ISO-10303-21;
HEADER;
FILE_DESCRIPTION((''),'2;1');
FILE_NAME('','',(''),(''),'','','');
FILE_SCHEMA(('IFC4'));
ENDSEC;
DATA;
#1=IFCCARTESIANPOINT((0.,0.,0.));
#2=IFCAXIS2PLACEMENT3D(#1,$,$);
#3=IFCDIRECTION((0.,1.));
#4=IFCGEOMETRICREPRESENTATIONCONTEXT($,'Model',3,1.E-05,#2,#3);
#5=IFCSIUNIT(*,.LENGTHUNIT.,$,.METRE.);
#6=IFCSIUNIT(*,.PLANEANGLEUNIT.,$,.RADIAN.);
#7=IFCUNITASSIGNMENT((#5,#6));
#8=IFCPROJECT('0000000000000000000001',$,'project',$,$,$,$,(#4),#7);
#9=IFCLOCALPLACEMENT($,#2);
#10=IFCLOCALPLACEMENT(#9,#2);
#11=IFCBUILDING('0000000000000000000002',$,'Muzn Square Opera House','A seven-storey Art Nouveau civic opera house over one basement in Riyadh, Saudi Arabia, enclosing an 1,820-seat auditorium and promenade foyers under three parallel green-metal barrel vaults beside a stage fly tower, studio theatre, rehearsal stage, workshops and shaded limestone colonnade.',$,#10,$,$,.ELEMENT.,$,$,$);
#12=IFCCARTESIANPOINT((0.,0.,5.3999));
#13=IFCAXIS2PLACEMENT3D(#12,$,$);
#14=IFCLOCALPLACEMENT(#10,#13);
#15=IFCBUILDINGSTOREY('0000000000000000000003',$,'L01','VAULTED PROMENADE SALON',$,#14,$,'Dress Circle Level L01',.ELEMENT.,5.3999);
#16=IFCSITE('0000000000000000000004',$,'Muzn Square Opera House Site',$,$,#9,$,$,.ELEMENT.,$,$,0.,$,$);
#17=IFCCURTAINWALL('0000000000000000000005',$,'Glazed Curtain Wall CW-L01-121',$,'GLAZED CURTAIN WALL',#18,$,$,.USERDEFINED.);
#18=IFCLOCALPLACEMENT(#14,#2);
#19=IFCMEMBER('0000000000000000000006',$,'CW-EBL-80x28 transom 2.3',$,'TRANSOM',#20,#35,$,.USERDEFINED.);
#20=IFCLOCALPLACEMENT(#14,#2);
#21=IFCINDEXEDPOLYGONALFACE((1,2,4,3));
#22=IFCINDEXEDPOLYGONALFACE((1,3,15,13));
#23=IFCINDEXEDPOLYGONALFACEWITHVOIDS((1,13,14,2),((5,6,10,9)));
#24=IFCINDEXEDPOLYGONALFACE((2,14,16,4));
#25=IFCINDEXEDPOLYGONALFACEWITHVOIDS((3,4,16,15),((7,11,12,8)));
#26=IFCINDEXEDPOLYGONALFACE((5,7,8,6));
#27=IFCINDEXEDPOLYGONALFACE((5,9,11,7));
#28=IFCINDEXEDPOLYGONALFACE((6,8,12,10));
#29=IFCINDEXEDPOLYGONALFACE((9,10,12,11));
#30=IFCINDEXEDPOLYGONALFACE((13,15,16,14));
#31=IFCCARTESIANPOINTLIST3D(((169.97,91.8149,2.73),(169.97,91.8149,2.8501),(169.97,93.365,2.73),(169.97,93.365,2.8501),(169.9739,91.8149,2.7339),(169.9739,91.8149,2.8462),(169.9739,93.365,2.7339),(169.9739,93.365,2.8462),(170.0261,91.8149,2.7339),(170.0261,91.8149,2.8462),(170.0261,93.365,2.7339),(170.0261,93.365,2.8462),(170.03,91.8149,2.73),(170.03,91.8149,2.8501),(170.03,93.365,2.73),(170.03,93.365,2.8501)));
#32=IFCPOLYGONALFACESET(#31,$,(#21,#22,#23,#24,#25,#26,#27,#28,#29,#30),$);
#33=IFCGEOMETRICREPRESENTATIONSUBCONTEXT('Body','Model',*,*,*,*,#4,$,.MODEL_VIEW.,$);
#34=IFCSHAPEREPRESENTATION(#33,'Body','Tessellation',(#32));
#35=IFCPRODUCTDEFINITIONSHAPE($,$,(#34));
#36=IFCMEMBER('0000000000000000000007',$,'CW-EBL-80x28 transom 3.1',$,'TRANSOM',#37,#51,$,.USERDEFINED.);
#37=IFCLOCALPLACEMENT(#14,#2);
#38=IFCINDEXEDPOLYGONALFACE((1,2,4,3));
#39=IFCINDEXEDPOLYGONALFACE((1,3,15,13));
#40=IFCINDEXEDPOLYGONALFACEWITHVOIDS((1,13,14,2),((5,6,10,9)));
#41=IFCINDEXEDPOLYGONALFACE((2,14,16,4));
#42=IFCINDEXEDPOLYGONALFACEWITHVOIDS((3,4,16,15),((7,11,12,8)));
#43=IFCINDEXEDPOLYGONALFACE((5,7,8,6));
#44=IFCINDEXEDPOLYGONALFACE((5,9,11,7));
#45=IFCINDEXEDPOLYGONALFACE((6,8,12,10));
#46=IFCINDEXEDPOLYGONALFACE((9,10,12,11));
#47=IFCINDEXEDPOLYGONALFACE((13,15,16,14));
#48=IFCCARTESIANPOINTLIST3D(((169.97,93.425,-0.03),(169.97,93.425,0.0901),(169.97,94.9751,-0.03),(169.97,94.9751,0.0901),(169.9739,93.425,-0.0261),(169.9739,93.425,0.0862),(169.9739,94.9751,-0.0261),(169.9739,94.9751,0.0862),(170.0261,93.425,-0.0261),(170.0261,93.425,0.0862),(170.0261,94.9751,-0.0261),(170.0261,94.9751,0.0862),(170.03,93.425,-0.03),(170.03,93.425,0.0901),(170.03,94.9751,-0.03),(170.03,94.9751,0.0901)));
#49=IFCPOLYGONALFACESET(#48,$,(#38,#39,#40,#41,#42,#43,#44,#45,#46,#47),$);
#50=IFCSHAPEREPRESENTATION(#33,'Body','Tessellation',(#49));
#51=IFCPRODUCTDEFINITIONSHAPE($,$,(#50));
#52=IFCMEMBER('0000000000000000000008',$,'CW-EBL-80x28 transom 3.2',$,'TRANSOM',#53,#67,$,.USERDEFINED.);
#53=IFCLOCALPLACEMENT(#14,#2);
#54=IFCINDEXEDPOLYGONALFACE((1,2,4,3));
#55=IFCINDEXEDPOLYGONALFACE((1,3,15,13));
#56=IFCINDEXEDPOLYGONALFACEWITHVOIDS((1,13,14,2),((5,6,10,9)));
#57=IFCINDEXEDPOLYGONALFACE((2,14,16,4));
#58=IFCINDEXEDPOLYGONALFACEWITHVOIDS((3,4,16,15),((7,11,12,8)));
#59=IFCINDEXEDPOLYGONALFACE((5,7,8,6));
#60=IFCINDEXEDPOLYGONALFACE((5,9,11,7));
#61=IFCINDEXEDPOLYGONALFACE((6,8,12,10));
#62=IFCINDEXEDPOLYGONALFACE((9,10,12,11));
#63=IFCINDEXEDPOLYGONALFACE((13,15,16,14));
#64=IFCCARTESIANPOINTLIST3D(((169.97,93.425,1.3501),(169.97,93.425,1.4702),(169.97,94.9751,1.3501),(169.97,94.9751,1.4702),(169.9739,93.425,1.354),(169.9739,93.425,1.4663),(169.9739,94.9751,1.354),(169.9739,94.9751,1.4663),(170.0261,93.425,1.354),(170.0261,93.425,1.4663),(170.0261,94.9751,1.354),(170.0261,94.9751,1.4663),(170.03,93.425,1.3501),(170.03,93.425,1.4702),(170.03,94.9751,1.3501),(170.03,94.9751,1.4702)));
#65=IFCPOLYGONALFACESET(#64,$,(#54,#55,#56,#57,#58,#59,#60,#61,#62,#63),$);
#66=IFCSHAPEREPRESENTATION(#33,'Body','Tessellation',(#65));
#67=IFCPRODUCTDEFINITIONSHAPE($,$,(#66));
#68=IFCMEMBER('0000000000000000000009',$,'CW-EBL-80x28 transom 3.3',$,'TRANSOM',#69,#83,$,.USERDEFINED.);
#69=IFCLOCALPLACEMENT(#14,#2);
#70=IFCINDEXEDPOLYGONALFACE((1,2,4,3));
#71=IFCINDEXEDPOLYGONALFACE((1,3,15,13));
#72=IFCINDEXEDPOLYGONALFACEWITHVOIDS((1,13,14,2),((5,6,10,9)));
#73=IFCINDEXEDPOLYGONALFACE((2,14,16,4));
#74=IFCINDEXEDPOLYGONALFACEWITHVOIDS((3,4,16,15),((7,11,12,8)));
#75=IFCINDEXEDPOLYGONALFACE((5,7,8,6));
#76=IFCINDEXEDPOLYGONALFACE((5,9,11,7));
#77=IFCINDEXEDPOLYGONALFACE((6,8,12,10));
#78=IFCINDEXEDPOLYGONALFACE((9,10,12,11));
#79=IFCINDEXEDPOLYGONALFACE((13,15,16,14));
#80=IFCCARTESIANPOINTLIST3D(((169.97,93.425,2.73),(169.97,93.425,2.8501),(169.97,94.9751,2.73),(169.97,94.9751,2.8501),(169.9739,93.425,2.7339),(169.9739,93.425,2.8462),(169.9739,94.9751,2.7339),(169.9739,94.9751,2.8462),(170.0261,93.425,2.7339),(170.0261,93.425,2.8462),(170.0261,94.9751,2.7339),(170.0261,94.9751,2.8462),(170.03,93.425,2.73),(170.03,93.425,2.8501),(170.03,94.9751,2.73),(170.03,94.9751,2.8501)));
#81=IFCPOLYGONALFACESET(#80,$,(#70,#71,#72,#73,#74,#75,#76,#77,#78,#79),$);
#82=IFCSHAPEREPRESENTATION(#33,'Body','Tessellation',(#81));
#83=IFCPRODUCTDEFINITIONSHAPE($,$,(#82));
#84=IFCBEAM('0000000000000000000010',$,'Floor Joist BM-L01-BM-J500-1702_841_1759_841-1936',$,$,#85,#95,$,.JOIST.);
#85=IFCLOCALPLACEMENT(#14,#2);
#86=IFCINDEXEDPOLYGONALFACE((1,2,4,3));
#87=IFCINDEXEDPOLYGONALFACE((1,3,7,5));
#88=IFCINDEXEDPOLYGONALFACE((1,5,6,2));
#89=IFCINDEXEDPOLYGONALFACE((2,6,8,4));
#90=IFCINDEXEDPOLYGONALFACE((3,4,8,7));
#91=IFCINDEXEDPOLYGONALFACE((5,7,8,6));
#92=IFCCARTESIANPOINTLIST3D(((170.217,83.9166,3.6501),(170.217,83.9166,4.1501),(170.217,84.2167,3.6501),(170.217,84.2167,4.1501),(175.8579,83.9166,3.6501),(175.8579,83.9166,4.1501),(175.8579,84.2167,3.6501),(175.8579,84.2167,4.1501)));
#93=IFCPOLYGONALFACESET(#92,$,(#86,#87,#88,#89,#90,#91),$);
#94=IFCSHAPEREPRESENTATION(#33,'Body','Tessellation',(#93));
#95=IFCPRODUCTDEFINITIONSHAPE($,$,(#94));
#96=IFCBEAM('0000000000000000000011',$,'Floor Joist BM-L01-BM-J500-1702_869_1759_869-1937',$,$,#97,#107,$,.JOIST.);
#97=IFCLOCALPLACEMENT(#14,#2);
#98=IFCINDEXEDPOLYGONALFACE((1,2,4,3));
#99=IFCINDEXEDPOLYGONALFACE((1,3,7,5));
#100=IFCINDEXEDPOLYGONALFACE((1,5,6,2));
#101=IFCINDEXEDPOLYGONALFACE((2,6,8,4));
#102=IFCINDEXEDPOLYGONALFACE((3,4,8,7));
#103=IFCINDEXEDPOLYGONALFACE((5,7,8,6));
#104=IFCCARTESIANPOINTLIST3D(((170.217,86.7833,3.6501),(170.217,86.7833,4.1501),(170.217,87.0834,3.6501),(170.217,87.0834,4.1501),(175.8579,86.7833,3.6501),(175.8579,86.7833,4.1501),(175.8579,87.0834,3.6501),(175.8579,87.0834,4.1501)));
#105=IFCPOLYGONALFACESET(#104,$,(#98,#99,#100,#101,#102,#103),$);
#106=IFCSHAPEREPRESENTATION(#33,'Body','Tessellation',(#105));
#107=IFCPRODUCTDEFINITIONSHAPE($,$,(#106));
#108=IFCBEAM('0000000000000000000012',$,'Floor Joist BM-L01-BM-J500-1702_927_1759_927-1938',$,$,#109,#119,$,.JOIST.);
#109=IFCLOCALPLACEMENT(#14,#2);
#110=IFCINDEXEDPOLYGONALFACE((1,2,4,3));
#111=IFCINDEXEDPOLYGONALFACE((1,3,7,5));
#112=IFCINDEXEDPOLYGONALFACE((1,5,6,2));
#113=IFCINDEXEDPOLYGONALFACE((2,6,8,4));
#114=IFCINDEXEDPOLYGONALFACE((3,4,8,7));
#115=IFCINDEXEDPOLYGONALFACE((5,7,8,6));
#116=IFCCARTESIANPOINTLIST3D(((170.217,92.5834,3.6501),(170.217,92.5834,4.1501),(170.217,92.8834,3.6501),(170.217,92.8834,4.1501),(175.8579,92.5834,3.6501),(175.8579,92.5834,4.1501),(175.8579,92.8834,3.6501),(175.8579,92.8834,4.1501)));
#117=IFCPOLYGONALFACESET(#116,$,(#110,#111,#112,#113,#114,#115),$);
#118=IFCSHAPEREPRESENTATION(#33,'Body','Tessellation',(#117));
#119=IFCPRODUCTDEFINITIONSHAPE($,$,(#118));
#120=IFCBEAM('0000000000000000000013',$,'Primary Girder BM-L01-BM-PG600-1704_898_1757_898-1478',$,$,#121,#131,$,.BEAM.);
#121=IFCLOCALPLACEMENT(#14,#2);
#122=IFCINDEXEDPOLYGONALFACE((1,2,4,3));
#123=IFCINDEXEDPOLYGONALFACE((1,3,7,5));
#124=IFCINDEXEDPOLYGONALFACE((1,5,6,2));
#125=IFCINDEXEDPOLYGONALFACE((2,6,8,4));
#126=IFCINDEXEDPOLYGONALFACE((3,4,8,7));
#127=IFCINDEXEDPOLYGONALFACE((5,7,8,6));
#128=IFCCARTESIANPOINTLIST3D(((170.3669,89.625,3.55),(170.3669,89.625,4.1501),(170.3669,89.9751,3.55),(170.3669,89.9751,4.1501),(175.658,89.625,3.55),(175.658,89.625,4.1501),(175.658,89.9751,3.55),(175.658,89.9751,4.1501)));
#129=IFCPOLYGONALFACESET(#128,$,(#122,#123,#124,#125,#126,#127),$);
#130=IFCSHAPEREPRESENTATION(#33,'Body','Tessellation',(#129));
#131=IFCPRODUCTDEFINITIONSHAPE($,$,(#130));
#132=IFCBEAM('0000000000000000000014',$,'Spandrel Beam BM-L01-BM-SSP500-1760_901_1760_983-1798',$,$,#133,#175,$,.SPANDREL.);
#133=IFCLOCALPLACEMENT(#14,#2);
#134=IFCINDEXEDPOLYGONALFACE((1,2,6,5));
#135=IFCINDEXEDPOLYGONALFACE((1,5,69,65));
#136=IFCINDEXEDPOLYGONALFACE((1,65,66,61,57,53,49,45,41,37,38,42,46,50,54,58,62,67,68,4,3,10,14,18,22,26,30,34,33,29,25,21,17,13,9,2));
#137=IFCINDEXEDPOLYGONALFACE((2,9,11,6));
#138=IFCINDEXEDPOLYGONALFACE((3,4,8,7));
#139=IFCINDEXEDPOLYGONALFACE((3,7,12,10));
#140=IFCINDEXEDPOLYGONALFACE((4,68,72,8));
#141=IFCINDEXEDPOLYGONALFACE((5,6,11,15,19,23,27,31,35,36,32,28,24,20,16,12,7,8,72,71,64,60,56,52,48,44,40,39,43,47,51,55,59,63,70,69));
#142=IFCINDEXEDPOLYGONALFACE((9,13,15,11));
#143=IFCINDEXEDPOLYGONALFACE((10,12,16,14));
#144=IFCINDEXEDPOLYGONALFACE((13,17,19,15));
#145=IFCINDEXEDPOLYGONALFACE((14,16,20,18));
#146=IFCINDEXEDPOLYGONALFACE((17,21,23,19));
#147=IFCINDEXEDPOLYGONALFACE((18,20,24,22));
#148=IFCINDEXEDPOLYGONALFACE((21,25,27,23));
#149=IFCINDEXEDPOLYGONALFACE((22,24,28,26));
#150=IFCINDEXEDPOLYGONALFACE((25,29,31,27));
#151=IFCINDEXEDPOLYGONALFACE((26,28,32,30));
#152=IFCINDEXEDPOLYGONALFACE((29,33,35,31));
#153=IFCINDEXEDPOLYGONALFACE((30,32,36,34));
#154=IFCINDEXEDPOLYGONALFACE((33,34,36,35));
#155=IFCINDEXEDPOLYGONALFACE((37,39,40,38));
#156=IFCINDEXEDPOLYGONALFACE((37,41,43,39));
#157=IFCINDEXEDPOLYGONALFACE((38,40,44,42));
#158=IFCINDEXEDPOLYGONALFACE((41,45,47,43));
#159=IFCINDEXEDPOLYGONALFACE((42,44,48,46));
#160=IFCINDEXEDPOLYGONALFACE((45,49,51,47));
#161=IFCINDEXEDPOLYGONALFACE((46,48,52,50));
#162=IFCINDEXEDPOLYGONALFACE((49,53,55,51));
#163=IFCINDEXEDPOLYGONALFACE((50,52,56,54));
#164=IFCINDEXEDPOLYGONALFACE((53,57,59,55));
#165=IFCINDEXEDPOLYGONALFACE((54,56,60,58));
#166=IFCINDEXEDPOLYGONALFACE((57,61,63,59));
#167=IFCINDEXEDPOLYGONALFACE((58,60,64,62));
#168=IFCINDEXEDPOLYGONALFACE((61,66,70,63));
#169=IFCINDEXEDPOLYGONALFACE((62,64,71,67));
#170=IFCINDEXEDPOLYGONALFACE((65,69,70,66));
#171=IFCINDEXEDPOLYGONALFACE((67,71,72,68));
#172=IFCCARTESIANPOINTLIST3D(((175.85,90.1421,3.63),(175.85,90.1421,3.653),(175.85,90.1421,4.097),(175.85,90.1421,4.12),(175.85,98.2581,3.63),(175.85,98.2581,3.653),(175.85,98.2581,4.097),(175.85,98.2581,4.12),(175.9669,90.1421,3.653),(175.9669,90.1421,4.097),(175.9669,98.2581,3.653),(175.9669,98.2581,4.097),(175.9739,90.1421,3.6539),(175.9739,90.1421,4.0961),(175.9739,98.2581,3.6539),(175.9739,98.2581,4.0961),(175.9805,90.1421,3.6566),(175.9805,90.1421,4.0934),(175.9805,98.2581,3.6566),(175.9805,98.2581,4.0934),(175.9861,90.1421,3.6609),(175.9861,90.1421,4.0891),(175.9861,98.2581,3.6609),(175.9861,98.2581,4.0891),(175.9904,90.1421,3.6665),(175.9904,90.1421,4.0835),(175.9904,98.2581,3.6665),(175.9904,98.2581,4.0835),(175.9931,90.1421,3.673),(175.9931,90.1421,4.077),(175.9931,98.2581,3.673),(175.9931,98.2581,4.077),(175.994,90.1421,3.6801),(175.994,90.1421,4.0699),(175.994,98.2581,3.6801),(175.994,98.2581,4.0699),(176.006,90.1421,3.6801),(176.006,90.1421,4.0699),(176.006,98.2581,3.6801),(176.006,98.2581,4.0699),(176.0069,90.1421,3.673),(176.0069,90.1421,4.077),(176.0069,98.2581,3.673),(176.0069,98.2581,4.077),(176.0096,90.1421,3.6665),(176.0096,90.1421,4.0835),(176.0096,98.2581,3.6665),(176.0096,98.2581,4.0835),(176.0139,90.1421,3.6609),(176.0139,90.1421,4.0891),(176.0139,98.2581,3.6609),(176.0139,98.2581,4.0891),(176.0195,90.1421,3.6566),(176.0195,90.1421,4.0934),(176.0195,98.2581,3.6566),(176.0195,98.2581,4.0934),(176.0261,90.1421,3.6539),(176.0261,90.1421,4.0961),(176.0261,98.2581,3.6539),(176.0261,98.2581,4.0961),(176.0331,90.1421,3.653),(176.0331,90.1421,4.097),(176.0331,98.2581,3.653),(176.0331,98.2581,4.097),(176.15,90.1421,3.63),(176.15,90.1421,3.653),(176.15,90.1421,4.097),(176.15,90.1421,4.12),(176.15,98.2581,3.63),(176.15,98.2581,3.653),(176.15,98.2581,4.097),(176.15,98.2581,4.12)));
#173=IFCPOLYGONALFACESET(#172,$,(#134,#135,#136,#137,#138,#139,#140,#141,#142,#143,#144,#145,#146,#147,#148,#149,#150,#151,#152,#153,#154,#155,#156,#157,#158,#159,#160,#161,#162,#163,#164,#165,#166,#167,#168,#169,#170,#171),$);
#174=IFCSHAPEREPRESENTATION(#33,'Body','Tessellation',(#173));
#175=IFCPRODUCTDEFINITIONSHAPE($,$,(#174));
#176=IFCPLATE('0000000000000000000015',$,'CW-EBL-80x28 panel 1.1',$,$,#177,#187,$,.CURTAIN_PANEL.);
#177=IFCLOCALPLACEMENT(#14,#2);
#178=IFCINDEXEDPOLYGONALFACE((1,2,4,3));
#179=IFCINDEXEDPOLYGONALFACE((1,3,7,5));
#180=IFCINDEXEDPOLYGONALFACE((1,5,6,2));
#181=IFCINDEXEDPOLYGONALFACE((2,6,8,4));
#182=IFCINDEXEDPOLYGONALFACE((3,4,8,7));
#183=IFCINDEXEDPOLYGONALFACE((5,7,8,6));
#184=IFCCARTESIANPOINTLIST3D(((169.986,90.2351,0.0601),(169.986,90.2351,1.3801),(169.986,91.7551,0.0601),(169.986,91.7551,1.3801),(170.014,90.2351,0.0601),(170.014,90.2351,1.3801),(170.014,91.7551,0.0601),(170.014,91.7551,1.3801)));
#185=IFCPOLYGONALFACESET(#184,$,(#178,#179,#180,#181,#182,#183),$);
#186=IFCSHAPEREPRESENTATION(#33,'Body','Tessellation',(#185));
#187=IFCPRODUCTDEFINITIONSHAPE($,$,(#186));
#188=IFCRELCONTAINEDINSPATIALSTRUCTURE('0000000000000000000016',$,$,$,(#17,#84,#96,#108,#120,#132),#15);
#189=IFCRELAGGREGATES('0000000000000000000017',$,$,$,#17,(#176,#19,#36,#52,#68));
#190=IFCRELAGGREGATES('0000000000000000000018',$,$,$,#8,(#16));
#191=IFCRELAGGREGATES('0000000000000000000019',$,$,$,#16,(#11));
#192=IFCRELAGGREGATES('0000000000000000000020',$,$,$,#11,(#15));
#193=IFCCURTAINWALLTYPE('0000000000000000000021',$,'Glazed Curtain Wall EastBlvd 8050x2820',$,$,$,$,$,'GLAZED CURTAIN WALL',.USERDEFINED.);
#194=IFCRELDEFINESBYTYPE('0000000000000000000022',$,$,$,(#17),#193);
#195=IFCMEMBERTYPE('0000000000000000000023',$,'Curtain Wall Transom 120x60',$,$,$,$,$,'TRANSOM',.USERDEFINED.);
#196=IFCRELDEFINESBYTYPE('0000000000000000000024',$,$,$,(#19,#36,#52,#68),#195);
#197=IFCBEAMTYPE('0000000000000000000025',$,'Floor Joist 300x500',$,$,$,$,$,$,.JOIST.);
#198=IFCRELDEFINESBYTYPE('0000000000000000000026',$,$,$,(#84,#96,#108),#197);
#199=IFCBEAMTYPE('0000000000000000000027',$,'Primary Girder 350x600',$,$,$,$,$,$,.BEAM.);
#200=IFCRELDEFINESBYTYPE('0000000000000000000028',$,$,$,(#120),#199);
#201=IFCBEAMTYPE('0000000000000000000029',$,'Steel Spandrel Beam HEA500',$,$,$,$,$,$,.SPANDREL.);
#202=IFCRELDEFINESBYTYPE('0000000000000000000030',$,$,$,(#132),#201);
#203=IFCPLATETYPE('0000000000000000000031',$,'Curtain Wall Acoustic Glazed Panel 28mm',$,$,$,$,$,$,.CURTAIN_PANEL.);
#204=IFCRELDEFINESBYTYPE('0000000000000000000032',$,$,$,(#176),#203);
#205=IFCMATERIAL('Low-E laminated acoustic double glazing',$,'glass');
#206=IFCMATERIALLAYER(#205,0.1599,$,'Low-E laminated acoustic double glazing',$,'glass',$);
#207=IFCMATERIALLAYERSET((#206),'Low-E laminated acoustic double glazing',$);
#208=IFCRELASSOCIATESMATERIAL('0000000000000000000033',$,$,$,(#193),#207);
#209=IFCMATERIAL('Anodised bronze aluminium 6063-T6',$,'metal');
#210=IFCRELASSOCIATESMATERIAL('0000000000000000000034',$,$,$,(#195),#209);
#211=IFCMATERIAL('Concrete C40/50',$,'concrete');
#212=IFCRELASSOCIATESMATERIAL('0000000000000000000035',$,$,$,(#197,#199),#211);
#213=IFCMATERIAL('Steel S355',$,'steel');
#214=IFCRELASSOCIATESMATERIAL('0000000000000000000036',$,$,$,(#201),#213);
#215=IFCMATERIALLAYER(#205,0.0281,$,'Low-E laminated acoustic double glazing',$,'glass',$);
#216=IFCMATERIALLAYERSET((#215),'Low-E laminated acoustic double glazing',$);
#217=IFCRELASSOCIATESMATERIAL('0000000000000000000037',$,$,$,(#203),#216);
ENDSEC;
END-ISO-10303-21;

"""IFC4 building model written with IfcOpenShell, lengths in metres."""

from ifc_helpers import new_model, si_unit, direction, frame, origin, origin_2d, place, context, subcontext, project, spatial, rectangle, hollow_rectangle, i_section, extrude, material, layer, layer_set, material_profile, profile_set, type_object, element, aggregate, save


model = new_model("IFC4")

# Units and contexts
model_context = context("Model", 3, precision=1e-05, world=origin(), true_north=direction((0.0, 1.0)))
body_context = subcontext(model_context, "Body", "Model", "MODEL_VIEW")
ifc_project = project(units=[si_unit("LENGTHUNIT", "METRE"), si_unit("PLANEANGLEUNIT", "RADIAN")], contexts=[model_context])

# Site, building, storey
site_placement = place(None, origin())
site = spatial("IfcSite", under=ifc_project, at=site_placement, Name="Muzn Square Opera House Site", CompositionType="ELEMENT", RefElevation=0.0)
building_placement = place(site_placement, origin())
building = spatial("IfcBuilding", under=site, at=building_placement, Name="Muzn Square Opera House", Description="A seven-storey Art Nouveau civic opera house over one basement in Riyadh, Saudi Arabia, enclosing an 1,820-seat auditorium and promenade foyers under three parallel green-metal barrel vaults beside a stage fly tower, studio theatre, rehearsal stage, workshops and shaded limestone colonnade.", CompositionType="ELEMENT")
storey_placement = place(building_placement, frame((0.0, 0.0, 5.3999)))
storey = spatial("IfcBuildingStorey", under=building, at=storey_placement, Name="L01", Description="VAULTED PROMENADE SALON", LongName="Dress Circle Level L01", CompositionType="ELEMENT", Elevation=5.3999)

# Curtain wall, members
ifc_material_1 = material(Name="Low-E laminated acoustic double glazing", Category="glass")
ifc_layer_1 = layer(ifc_material_1, 0.1599, Name="Low-E laminated acoustic double glazing", Category="glass")
ifc_layer_set_1 = layer_set([ifc_layer_1], Name="Low-E laminated acoustic double glazing")
curtain_wall_type = type_object("IfcCurtainWallType", Name="Glazed Curtain Wall EastBlvd 8050x2820", ElementType="GLAZED CURTAIN WALL", PredefinedType="USERDEFINED", material=ifc_layer_set_1)
curtain_wall_placement = place(storey_placement, origin())
curtain_wall = element("IfcCurtainWall", 1, at=curtain_wall_placement, inside=storey, type_object=curtain_wall_type, Name="Glazed Curtain Wall CW-L01-121", ObjectType="GLAZED CURTAIN WALL", PredefinedType="USERDEFINED")
ifc_material_2 = material(Name="Anodised bronze aluminium 6063-T6", Category="metal")
ifc_material_profile_1 = material_profile(ifc_material_2, hollow_rectangle(XDim=0.0601, YDim=0.1201, WallThickness=0.0039, at=origin_2d()), Name="ALU 120x60x4", Category="metal")
ifc_profile_set_1 = profile_set([ifc_material_profile_1], Name="Anodised bronze aluminium 6063-T6")
member_type_1 = type_object("IfcMemberType", Name="Curtain Wall Transom 120x60", ElementType="TRANSOM", PredefinedType="USERDEFINED", material=ifc_profile_set_1)
member_1_placement = place(storey_placement, frame((170.0, 91.8149, 2.79), z_axis=(0.0, 1.0, 0.0), x_axis=(-1.0, 0.0, 0.0)))
member_1 = element("IfcMember", 2, at=member_1_placement, type_object=member_type_1, Name="CW-EBL-80x28 transom 2.3", ObjectType="TRANSOM", PredefinedType="USERDEFINED", context=body_context, shape_type="SweptSolid", body=[
    extrude(hollow_rectangle(XDim=0.0601, YDim=0.1201, WallThickness=0.0039, at=origin_2d()), origin(), (0.0, 0.0, 1.0), 1.55),
])
member_2_placement = place(storey_placement, frame((170.0, 93.425, 0.03), z_axis=(0.0, 1.0, 0.0), x_axis=(-1.0, 0.0, 0.0)))
member_2 = element("IfcMember", 3, at=member_2_placement, type_object=member_type_1, Name="CW-EBL-80x28 transom 3.1", ObjectType="TRANSOM", PredefinedType="USERDEFINED", context=body_context, shape_type="SweptSolid", body=[
    extrude(hollow_rectangle(XDim=0.0601, YDim=0.1201, WallThickness=0.0039, at=origin_2d()), origin(), (0.0, 0.0, 1.0), 1.55),
])
member_3_placement = place(storey_placement, frame((170.0, 93.425, 1.4102), z_axis=(0.0, 1.0, 0.0), x_axis=(-1.0, 0.0, 0.0)))
member_3 = element("IfcMember", 4, at=member_3_placement, type_object=member_type_1, Name="CW-EBL-80x28 transom 3.2", ObjectType="TRANSOM", PredefinedType="USERDEFINED", context=body_context, shape_type="SweptSolid", body=[
    extrude(hollow_rectangle(XDim=0.0601, YDim=0.1201, WallThickness=0.0039, at=origin_2d()), origin(), (0.0, 0.0, 1.0), 1.55),
])
member_4_placement = place(storey_placement, frame((170.0, 93.425, 2.79), z_axis=(0.0, 1.0, 0.0), x_axis=(-1.0, 0.0, 0.0)))
member_4 = element("IfcMember", 5, at=member_4_placement, type_object=member_type_1, Name="CW-EBL-80x28 transom 3.3", ObjectType="TRANSOM", PredefinedType="USERDEFINED", context=body_context, shape_type="SweptSolid", body=[
    extrude(hollow_rectangle(XDim=0.0601, YDim=0.1201, WallThickness=0.0039, at=origin_2d()), origin(), (0.0, 0.0, 1.0), 1.55),
])

# Beams
ifc_material_3 = material(Name="Concrete C40/50", Category="concrete")
ifc_material_profile_2 = material_profile(ifc_material_3, rectangle(XDim=0.3, YDim=0.5, at=origin_2d()), Name="RCJ 300x500", Category="concrete")
ifc_profile_set_2 = profile_set([ifc_material_profile_2], Name="Concrete C40/50")
beam_type_1 = type_object("IfcBeamType", Name="Floor Joist 300x500", PredefinedType="JOIST", material=ifc_profile_set_2)
for number, where, z_axis, x_axis, name in (
    (6, (170.217, 84.0667, 3.9001), (1.0, 0.0, 0.0), (0.0, 1.0, 0.0), "Floor Joist BM-L01-BM-J500-1702_841_1759_841-1936"),
    (7, (170.217, 86.9333, 3.9001), (1.0, 0.0, 0.0), (0.0, 1.0, 0.0), "Floor Joist BM-L01-BM-J500-1702_869_1759_869-1937"),
    (8, (170.217, 92.7334, 3.9001), (1.0, 0.0, 0.0), (0.0, 1.0, 0.0), "Floor Joist BM-L01-BM-J500-1702_927_1759_927-1938"),
):
    element("IfcBeam", number, at=place(storey_placement, frame(where, z_axis=z_axis, x_axis=x_axis)), inside=storey, type_object=beam_type_1, Name=name, PredefinedType="JOIST", context=body_context, shape_type="SweptSolid", body=[
        extrude(rectangle(XDim=0.3, YDim=0.5, at=origin_2d()), origin(), (0.0, 0.0, 1.0), 5.6409),
    ])
ifc_material_profile_3 = material_profile(ifc_material_3, rectangle(XDim=0.3501, YDim=0.6001, at=origin_2d()), Name="RCB 350x600", Category="concrete")
ifc_profile_set_3 = profile_set([ifc_material_profile_3], Name="Concrete C40/50")
beam_type_2 = type_object("IfcBeamType", Name="Primary Girder 350x600", PredefinedType="BEAM", material=ifc_profile_set_3)
beam_1_placement = place(storey_placement, frame((170.3669, 89.8, 3.8501), z_axis=(1.0, 0.0, 0.0), x_axis=(0.0, 1.0, 0.0)))
element("IfcBeam", 9, at=beam_1_placement, inside=storey, type_object=beam_type_2, Name="Primary Girder BM-L01-BM-PG600-1704_898_1757_898-1478", PredefinedType="BEAM", context=body_context, shape_type="SweptSolid", body=[
    extrude(rectangle(XDim=0.3501, YDim=0.6001, at=origin_2d()), origin(), (0.0, 0.0, 1.0), 5.291),
])
ifc_material_4 = material(Name="Steel S355", Category="steel")
ifc_material_profile_4 = material_profile(ifc_material_4, i_section(OverallWidth=0.3, OverallDepth=0.49, WebThickness=0.012, FlangeThickness=0.0229, FilletRadius=0.0271, at=origin_2d()), Name="HEA 500", Category="steel")
ifc_profile_set_4 = profile_set([ifc_material_profile_4], Name="Steel S355")
beam_type_3 = type_object("IfcBeamType", Name="Steel Spandrel Beam HEA500", PredefinedType="SPANDREL", material=ifc_profile_set_4)
beam_2_placement = place(storey_placement, frame((176.0, 90.1421, 3.875), z_axis=(0.0, 1.0, 0.0), x_axis=(-1.0, 0.0, 0.0)))
element("IfcBeam", 10, at=beam_2_placement, inside=storey, type_object=beam_type_3, Name="Spandrel Beam BM-L01-BM-SSP500-1760_901_1760_983-1798", PredefinedType="SPANDREL", context=body_context, shape_type="SweptSolid", body=[
    extrude(i_section(OverallWidth=0.3, OverallDepth=0.49, WebThickness=0.012, FlangeThickness=0.0229, FilletRadius=0.0271, at=origin_2d()), origin(), (0.0, 0.0, 1.0), 8.116),
])

# Plate
ifc_layer_2 = layer(ifc_material_1, 0.0281, Name="Low-E laminated acoustic double glazing", Category="glass")
ifc_layer_set_2 = layer_set([ifc_layer_2], Name="Low-E laminated acoustic double glazing")
plate_type = type_object("IfcPlateType", Name="Curtain Wall Acoustic Glazed Panel 28mm", PredefinedType="CURTAIN_PANEL", material=ifc_layer_set_2)
plate_1_placement = place(storey_placement, frame((170.0, 90.9951, 0.0601), z_axis=(0.0, 0.0, 1.0), x_axis=(0.0, 1.0, 0.0)))
plate_1 = element("IfcPlate", 11, at=plate_1_placement, type_object=plate_type, Name="CW-EBL-80x28 panel 1.1", PredefinedType="CURTAIN_PANEL", context=body_context, shape_type="SweptSolid", body=[
    extrude(rectangle(XDim=1.52, YDim=0.0281, at=origin_2d()), origin(), (0.0, 0.0, 1.0), 1.3201),
])
aggregate(curtain_wall, [plate_1, member_1, member_2, member_3, member_4])

save(model, "model.ifc")
